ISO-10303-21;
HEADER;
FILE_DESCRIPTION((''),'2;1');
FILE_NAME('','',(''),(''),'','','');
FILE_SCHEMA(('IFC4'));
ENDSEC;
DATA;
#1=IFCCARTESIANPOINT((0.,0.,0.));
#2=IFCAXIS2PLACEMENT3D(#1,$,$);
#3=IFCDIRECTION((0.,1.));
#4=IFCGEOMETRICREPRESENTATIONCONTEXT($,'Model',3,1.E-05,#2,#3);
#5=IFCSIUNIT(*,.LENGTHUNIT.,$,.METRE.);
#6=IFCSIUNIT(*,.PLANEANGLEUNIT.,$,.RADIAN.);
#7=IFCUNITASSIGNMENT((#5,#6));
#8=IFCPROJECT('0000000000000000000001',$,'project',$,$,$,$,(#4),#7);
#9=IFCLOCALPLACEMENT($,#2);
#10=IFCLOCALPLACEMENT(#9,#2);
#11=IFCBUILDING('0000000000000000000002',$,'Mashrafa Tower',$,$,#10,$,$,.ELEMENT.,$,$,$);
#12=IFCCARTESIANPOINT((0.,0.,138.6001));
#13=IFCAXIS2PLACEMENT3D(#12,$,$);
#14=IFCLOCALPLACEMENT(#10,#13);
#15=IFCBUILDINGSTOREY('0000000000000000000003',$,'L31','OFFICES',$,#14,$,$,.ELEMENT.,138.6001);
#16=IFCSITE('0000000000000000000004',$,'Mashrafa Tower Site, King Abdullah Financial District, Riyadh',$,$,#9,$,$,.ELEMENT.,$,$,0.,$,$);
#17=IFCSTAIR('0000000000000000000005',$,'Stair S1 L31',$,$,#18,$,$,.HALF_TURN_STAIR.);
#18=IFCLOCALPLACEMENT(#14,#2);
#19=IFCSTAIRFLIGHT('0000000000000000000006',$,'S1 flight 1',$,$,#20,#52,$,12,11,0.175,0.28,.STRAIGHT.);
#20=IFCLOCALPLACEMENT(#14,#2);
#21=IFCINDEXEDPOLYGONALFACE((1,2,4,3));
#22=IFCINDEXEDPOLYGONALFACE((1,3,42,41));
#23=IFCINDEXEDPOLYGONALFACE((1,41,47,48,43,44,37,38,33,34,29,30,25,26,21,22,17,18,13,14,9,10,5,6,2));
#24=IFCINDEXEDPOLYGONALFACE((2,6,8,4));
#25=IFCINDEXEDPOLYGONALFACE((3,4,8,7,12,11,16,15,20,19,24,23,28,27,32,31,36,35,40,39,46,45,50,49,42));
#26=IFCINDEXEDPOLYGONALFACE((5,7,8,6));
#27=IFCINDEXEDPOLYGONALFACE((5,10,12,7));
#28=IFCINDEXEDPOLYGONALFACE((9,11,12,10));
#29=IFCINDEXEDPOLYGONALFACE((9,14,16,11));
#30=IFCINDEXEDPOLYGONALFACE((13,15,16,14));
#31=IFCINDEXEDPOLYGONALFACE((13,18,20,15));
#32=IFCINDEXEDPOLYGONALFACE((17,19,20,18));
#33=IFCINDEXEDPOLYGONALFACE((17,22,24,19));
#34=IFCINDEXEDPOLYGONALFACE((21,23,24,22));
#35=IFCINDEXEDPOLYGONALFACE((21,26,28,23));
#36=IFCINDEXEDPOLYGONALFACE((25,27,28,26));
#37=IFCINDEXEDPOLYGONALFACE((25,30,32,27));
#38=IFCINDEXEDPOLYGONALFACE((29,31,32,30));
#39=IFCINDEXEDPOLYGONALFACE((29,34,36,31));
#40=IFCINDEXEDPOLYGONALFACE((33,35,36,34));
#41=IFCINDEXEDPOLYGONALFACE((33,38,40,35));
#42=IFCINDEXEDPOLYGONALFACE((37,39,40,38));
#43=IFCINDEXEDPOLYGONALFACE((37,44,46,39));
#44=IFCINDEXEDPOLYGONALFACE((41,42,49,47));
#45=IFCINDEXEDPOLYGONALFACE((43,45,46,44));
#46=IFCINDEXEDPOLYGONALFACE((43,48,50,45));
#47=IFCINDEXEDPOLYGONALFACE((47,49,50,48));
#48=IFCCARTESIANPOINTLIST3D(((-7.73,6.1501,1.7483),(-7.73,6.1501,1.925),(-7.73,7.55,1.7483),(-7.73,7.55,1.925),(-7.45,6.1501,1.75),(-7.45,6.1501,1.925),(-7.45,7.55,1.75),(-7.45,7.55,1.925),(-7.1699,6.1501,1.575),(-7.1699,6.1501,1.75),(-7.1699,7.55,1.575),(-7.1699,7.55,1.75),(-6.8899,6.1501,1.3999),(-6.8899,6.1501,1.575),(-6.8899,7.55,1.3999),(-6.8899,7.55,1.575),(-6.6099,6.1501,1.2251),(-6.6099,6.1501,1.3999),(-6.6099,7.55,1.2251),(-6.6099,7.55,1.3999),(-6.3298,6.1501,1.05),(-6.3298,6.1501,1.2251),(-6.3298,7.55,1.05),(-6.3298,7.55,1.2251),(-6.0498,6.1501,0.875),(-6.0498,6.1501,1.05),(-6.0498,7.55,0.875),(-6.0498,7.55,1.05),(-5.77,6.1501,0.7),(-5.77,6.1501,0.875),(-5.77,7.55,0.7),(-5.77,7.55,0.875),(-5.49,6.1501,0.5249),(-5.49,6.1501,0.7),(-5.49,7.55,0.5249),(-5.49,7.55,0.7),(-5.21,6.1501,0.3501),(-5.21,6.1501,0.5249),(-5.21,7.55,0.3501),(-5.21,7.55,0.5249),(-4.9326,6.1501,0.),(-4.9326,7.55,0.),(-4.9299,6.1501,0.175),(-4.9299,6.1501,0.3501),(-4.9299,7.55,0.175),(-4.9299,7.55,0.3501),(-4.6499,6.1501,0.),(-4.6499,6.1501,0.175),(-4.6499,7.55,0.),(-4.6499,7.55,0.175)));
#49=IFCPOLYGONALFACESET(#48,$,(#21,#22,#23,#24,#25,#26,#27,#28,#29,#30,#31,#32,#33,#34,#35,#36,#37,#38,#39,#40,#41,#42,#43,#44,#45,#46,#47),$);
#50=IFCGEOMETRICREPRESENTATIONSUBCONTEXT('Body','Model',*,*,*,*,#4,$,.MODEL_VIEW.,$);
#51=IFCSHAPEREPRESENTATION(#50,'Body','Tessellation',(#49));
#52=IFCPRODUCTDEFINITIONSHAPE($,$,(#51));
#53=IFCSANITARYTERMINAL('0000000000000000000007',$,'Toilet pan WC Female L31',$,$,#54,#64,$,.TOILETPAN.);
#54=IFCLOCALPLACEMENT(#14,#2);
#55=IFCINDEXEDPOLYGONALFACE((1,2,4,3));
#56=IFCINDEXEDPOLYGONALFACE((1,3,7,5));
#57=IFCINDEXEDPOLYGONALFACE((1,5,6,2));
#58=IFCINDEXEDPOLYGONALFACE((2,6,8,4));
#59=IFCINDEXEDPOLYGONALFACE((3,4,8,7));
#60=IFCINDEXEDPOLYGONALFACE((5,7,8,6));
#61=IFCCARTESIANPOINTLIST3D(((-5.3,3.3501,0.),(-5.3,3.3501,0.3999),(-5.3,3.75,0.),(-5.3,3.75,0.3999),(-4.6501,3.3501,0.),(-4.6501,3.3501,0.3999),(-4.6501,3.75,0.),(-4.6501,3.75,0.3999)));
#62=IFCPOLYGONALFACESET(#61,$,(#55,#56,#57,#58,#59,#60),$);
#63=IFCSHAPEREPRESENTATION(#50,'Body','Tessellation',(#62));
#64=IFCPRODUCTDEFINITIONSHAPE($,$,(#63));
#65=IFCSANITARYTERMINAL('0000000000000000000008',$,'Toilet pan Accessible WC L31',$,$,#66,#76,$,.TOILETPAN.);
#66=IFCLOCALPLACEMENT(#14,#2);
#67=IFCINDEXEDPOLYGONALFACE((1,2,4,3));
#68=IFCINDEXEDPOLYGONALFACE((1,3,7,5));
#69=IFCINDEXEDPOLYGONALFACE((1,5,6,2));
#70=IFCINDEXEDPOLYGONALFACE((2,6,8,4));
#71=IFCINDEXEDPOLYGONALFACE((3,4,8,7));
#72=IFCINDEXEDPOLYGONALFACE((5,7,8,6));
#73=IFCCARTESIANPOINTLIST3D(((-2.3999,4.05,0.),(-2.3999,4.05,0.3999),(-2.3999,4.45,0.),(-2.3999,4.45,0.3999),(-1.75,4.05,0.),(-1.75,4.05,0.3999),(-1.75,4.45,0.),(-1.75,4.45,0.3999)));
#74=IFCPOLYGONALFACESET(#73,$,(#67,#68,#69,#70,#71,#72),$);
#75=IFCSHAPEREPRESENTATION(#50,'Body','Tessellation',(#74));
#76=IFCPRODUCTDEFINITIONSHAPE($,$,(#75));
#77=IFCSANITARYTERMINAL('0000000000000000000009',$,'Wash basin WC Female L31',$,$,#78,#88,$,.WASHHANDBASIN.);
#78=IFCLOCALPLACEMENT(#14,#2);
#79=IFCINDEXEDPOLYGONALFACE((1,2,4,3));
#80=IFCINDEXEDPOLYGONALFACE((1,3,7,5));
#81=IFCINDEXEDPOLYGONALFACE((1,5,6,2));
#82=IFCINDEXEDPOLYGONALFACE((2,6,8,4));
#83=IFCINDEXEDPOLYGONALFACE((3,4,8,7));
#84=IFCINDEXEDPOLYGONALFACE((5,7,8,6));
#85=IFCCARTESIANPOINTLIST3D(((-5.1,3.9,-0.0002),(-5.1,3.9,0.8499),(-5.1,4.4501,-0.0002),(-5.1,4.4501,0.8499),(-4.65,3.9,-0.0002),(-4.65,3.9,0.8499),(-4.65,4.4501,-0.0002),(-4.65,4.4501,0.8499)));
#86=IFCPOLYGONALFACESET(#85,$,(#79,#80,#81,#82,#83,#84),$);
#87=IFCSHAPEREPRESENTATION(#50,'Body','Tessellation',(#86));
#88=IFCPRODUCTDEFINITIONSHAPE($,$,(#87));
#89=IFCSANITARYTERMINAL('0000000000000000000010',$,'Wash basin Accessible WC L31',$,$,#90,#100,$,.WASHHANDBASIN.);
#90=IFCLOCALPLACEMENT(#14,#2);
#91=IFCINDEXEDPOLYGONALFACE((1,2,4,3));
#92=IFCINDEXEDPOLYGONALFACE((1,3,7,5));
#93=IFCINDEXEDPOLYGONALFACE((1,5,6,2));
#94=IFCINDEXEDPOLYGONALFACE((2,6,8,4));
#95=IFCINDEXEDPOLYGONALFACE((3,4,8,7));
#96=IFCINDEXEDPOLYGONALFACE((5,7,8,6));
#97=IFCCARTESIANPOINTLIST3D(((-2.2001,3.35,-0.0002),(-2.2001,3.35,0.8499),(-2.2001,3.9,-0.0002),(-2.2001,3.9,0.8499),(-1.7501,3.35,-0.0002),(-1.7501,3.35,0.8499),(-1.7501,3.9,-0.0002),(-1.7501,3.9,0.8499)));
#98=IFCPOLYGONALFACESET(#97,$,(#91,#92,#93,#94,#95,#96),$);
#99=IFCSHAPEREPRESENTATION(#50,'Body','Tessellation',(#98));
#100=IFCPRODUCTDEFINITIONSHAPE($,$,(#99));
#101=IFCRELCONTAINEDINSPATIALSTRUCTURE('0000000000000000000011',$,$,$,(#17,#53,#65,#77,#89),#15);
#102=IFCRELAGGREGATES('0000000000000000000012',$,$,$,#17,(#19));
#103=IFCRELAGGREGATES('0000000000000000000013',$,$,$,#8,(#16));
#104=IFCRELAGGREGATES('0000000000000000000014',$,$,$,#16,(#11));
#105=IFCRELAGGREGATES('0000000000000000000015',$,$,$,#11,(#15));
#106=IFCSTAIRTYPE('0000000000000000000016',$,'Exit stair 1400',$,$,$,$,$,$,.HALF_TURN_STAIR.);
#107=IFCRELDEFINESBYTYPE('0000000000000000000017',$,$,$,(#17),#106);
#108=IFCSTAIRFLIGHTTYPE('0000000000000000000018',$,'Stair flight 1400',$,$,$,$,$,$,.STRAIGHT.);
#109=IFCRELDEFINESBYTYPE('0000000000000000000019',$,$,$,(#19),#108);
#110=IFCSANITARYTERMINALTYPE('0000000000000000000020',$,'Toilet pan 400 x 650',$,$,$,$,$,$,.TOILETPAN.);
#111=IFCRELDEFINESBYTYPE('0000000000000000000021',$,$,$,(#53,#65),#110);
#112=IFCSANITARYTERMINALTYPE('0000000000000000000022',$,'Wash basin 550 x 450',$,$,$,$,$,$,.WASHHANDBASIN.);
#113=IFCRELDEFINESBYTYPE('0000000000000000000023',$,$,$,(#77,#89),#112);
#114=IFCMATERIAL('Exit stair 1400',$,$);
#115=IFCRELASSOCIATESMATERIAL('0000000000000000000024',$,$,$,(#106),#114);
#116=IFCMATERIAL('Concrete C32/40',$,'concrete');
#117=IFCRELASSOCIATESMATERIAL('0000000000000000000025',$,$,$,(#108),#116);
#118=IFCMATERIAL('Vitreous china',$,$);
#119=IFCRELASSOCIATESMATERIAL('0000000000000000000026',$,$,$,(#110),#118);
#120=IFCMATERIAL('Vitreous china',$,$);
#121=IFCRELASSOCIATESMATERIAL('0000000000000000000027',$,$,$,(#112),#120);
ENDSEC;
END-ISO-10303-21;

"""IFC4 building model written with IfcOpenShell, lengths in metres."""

from ifc_helpers import new_model, si_unit, direction, frame, origin, origin_2d, place, context, subcontext, project, spatial, polyline, rectangle, outline, extrude, material, type_object, element, aggregate, save


model = new_model("IFC4")

# Units and contexts
model_context = context("Model", 3, precision=1e-05, world=origin(), true_north=direction((0.0, 1.0)))
body_context = subcontext(model_context, "Body", "Model", "MODEL_VIEW")
ifc_project = project(units=[si_unit("LENGTHUNIT", "METRE"), si_unit("PLANEANGLEUNIT", "RADIAN")], contexts=[model_context])

# Site, building, storey
site_placement = place(None, origin())
site = spatial("IfcSite", under=ifc_project, at=site_placement, Name="Mashrafa Tower Site, King Abdullah Financial District, Riyadh", CompositionType="ELEMENT", RefElevation=0.0)
building_placement = place(site_placement, origin())
building = spatial("IfcBuilding", under=site, at=building_placement, Name="Mashrafa Tower", CompositionType="ELEMENT")
storey_placement = place(building_placement, frame((0.0, 0.0, 138.6001)))
storey = spatial("IfcBuildingStorey", under=building, at=storey_placement, Name="L31", Description="OFFICES", CompositionType="ELEMENT", Elevation=138.6001)

# Stair, stair flight
ifc_material_1 = material(Name="Exit stair 1400")
stair_type = type_object("IfcStairType", Name="Exit stair 1400", PredefinedType="HALF_TURN_STAIR", material=ifc_material_1)
stair_placement = place(storey_placement, origin())
stair = element("IfcStair", 1, at=stair_placement, inside=storey, type_object=stair_type, Name="Stair S1 L31", PredefinedType="HALF_TURN_STAIR")
ifc_material_2 = material(Name="Concrete C32/40", Category="concrete")
stair_flight_type = type_object("IfcStairFlightType", Name="Stair flight 1400", PredefinedType="STRAIGHT", material=ifc_material_2)
stair_flight_placement = place(storey_placement, frame((-4.6499, 6.8501, 0.0), z_axis=(0.0, 0.0, 1.0), x_axis=(-1.0, 0.0, 0.0)))
stair_flight = element("IfcStairFlight", 2, at=stair_flight_placement, type_object=stair_flight_type, Name="S1 flight 1", NumberOfRisers=12, NumberOfTreads=11, PredefinedType="STRAIGHT", RiserHeight=0.175, TreadLength=0.28, context=body_context, shape_type="SweptSolid", body=[
    extrude(outline(polyline([(0.0, 0.0), (0.0, 0.175), (0.28, 0.175), (0.28, 0.3501), (0.5601, 0.3501), (0.5601, 0.5249), (0.8401, 0.5249), (0.8401, 0.7), (1.1201, 0.7), (1.1201, 0.875), (1.3999, 0.875), (1.3999, 1.05), (1.6799, 1.05), (1.6799, 1.2251), (1.96, 1.2251), (1.96, 1.3999), (2.24, 1.3999), (2.24, 1.575), (2.52, 1.575), (2.52, 1.75), (2.8, 1.75), (2.8, 1.925), (3.0801, 1.925), (3.0801, 2.1001), (3.0801, 1.7483), (0.2827, 0.0), (0.0, 0.0)])), frame((0.0, 0.7, 0.0), z_axis=(0.0, -1.0, 0.0), x_axis=(1.0, 0.0, 0.0)), (0.0, 0.0, 1.0), 1.3999),
])
aggregate(stair, [stair_flight])

# Sanitary terminals
ifc_material_3 = material(Name="Vitreous china")
sanitary_terminal_type_1 = type_object("IfcSanitaryTerminalType", Name="Toilet pan 400 x 650", PredefinedType="TOILETPAN", material=ifc_material_3)
for number, where, z_axis, x_axis, name in (
    (3, (-4.9751, 3.55, 0.0), (0.0, 0.0, 1.0), (0.0, 1.0, 0.0), "Toilet pan WC Female L31"),
    (4, (-2.075, 4.25, 0.0), (0.0, 0.0, 1.0), (0.0, 1.0, 0.0), "Toilet pan Accessible WC L31"),
):
    element("IfcSanitaryTerminal", number, at=place(storey_placement, frame(where, z_axis=z_axis, x_axis=x_axis)), inside=storey, type_object=sanitary_terminal_type_1, Name=name, PredefinedType="TOILETPAN", context=body_context, shape_type="SweptSolid", body=[
        extrude(rectangle(XDim=0.3999, YDim=0.6499, at=origin_2d()), origin(), (0.0, 0.0, 1.0), 0.3999),
    ])
ifc_material_4 = material(Name="Vitreous china")
sanitary_terminal_type_2 = type_object("IfcSanitaryTerminalType", Name="Wash basin 550 x 450", PredefinedType="WASHHANDBASIN", material=ifc_material_4)
for number, where, z_axis, x_axis, name in (
    (5, (-4.875, 4.175, -0.0002), (0.0, 0.0, 1.0), (0.0, 1.0, 0.0), "Wash basin WC Female L31"),
    (6, (-1.9751, 3.625, -0.0002), (0.0, 0.0, 1.0), (0.0, 1.0, 0.0), "Wash basin Accessible WC L31"),
):
    element("IfcSanitaryTerminal", number, at=place(storey_placement, frame(where, z_axis=z_axis, x_axis=x_axis)), inside=storey, type_object=sanitary_terminal_type_2, Name=name, PredefinedType="WASHHANDBASIN", context=body_context, shape_type="SweptSolid", body=[
        extrude(rectangle(XDim=0.55, YDim=0.45, at=origin_2d()), origin(), (0.0, 0.0, 1.0), 0.8501),
    ])

save(model, "model.ifc")
